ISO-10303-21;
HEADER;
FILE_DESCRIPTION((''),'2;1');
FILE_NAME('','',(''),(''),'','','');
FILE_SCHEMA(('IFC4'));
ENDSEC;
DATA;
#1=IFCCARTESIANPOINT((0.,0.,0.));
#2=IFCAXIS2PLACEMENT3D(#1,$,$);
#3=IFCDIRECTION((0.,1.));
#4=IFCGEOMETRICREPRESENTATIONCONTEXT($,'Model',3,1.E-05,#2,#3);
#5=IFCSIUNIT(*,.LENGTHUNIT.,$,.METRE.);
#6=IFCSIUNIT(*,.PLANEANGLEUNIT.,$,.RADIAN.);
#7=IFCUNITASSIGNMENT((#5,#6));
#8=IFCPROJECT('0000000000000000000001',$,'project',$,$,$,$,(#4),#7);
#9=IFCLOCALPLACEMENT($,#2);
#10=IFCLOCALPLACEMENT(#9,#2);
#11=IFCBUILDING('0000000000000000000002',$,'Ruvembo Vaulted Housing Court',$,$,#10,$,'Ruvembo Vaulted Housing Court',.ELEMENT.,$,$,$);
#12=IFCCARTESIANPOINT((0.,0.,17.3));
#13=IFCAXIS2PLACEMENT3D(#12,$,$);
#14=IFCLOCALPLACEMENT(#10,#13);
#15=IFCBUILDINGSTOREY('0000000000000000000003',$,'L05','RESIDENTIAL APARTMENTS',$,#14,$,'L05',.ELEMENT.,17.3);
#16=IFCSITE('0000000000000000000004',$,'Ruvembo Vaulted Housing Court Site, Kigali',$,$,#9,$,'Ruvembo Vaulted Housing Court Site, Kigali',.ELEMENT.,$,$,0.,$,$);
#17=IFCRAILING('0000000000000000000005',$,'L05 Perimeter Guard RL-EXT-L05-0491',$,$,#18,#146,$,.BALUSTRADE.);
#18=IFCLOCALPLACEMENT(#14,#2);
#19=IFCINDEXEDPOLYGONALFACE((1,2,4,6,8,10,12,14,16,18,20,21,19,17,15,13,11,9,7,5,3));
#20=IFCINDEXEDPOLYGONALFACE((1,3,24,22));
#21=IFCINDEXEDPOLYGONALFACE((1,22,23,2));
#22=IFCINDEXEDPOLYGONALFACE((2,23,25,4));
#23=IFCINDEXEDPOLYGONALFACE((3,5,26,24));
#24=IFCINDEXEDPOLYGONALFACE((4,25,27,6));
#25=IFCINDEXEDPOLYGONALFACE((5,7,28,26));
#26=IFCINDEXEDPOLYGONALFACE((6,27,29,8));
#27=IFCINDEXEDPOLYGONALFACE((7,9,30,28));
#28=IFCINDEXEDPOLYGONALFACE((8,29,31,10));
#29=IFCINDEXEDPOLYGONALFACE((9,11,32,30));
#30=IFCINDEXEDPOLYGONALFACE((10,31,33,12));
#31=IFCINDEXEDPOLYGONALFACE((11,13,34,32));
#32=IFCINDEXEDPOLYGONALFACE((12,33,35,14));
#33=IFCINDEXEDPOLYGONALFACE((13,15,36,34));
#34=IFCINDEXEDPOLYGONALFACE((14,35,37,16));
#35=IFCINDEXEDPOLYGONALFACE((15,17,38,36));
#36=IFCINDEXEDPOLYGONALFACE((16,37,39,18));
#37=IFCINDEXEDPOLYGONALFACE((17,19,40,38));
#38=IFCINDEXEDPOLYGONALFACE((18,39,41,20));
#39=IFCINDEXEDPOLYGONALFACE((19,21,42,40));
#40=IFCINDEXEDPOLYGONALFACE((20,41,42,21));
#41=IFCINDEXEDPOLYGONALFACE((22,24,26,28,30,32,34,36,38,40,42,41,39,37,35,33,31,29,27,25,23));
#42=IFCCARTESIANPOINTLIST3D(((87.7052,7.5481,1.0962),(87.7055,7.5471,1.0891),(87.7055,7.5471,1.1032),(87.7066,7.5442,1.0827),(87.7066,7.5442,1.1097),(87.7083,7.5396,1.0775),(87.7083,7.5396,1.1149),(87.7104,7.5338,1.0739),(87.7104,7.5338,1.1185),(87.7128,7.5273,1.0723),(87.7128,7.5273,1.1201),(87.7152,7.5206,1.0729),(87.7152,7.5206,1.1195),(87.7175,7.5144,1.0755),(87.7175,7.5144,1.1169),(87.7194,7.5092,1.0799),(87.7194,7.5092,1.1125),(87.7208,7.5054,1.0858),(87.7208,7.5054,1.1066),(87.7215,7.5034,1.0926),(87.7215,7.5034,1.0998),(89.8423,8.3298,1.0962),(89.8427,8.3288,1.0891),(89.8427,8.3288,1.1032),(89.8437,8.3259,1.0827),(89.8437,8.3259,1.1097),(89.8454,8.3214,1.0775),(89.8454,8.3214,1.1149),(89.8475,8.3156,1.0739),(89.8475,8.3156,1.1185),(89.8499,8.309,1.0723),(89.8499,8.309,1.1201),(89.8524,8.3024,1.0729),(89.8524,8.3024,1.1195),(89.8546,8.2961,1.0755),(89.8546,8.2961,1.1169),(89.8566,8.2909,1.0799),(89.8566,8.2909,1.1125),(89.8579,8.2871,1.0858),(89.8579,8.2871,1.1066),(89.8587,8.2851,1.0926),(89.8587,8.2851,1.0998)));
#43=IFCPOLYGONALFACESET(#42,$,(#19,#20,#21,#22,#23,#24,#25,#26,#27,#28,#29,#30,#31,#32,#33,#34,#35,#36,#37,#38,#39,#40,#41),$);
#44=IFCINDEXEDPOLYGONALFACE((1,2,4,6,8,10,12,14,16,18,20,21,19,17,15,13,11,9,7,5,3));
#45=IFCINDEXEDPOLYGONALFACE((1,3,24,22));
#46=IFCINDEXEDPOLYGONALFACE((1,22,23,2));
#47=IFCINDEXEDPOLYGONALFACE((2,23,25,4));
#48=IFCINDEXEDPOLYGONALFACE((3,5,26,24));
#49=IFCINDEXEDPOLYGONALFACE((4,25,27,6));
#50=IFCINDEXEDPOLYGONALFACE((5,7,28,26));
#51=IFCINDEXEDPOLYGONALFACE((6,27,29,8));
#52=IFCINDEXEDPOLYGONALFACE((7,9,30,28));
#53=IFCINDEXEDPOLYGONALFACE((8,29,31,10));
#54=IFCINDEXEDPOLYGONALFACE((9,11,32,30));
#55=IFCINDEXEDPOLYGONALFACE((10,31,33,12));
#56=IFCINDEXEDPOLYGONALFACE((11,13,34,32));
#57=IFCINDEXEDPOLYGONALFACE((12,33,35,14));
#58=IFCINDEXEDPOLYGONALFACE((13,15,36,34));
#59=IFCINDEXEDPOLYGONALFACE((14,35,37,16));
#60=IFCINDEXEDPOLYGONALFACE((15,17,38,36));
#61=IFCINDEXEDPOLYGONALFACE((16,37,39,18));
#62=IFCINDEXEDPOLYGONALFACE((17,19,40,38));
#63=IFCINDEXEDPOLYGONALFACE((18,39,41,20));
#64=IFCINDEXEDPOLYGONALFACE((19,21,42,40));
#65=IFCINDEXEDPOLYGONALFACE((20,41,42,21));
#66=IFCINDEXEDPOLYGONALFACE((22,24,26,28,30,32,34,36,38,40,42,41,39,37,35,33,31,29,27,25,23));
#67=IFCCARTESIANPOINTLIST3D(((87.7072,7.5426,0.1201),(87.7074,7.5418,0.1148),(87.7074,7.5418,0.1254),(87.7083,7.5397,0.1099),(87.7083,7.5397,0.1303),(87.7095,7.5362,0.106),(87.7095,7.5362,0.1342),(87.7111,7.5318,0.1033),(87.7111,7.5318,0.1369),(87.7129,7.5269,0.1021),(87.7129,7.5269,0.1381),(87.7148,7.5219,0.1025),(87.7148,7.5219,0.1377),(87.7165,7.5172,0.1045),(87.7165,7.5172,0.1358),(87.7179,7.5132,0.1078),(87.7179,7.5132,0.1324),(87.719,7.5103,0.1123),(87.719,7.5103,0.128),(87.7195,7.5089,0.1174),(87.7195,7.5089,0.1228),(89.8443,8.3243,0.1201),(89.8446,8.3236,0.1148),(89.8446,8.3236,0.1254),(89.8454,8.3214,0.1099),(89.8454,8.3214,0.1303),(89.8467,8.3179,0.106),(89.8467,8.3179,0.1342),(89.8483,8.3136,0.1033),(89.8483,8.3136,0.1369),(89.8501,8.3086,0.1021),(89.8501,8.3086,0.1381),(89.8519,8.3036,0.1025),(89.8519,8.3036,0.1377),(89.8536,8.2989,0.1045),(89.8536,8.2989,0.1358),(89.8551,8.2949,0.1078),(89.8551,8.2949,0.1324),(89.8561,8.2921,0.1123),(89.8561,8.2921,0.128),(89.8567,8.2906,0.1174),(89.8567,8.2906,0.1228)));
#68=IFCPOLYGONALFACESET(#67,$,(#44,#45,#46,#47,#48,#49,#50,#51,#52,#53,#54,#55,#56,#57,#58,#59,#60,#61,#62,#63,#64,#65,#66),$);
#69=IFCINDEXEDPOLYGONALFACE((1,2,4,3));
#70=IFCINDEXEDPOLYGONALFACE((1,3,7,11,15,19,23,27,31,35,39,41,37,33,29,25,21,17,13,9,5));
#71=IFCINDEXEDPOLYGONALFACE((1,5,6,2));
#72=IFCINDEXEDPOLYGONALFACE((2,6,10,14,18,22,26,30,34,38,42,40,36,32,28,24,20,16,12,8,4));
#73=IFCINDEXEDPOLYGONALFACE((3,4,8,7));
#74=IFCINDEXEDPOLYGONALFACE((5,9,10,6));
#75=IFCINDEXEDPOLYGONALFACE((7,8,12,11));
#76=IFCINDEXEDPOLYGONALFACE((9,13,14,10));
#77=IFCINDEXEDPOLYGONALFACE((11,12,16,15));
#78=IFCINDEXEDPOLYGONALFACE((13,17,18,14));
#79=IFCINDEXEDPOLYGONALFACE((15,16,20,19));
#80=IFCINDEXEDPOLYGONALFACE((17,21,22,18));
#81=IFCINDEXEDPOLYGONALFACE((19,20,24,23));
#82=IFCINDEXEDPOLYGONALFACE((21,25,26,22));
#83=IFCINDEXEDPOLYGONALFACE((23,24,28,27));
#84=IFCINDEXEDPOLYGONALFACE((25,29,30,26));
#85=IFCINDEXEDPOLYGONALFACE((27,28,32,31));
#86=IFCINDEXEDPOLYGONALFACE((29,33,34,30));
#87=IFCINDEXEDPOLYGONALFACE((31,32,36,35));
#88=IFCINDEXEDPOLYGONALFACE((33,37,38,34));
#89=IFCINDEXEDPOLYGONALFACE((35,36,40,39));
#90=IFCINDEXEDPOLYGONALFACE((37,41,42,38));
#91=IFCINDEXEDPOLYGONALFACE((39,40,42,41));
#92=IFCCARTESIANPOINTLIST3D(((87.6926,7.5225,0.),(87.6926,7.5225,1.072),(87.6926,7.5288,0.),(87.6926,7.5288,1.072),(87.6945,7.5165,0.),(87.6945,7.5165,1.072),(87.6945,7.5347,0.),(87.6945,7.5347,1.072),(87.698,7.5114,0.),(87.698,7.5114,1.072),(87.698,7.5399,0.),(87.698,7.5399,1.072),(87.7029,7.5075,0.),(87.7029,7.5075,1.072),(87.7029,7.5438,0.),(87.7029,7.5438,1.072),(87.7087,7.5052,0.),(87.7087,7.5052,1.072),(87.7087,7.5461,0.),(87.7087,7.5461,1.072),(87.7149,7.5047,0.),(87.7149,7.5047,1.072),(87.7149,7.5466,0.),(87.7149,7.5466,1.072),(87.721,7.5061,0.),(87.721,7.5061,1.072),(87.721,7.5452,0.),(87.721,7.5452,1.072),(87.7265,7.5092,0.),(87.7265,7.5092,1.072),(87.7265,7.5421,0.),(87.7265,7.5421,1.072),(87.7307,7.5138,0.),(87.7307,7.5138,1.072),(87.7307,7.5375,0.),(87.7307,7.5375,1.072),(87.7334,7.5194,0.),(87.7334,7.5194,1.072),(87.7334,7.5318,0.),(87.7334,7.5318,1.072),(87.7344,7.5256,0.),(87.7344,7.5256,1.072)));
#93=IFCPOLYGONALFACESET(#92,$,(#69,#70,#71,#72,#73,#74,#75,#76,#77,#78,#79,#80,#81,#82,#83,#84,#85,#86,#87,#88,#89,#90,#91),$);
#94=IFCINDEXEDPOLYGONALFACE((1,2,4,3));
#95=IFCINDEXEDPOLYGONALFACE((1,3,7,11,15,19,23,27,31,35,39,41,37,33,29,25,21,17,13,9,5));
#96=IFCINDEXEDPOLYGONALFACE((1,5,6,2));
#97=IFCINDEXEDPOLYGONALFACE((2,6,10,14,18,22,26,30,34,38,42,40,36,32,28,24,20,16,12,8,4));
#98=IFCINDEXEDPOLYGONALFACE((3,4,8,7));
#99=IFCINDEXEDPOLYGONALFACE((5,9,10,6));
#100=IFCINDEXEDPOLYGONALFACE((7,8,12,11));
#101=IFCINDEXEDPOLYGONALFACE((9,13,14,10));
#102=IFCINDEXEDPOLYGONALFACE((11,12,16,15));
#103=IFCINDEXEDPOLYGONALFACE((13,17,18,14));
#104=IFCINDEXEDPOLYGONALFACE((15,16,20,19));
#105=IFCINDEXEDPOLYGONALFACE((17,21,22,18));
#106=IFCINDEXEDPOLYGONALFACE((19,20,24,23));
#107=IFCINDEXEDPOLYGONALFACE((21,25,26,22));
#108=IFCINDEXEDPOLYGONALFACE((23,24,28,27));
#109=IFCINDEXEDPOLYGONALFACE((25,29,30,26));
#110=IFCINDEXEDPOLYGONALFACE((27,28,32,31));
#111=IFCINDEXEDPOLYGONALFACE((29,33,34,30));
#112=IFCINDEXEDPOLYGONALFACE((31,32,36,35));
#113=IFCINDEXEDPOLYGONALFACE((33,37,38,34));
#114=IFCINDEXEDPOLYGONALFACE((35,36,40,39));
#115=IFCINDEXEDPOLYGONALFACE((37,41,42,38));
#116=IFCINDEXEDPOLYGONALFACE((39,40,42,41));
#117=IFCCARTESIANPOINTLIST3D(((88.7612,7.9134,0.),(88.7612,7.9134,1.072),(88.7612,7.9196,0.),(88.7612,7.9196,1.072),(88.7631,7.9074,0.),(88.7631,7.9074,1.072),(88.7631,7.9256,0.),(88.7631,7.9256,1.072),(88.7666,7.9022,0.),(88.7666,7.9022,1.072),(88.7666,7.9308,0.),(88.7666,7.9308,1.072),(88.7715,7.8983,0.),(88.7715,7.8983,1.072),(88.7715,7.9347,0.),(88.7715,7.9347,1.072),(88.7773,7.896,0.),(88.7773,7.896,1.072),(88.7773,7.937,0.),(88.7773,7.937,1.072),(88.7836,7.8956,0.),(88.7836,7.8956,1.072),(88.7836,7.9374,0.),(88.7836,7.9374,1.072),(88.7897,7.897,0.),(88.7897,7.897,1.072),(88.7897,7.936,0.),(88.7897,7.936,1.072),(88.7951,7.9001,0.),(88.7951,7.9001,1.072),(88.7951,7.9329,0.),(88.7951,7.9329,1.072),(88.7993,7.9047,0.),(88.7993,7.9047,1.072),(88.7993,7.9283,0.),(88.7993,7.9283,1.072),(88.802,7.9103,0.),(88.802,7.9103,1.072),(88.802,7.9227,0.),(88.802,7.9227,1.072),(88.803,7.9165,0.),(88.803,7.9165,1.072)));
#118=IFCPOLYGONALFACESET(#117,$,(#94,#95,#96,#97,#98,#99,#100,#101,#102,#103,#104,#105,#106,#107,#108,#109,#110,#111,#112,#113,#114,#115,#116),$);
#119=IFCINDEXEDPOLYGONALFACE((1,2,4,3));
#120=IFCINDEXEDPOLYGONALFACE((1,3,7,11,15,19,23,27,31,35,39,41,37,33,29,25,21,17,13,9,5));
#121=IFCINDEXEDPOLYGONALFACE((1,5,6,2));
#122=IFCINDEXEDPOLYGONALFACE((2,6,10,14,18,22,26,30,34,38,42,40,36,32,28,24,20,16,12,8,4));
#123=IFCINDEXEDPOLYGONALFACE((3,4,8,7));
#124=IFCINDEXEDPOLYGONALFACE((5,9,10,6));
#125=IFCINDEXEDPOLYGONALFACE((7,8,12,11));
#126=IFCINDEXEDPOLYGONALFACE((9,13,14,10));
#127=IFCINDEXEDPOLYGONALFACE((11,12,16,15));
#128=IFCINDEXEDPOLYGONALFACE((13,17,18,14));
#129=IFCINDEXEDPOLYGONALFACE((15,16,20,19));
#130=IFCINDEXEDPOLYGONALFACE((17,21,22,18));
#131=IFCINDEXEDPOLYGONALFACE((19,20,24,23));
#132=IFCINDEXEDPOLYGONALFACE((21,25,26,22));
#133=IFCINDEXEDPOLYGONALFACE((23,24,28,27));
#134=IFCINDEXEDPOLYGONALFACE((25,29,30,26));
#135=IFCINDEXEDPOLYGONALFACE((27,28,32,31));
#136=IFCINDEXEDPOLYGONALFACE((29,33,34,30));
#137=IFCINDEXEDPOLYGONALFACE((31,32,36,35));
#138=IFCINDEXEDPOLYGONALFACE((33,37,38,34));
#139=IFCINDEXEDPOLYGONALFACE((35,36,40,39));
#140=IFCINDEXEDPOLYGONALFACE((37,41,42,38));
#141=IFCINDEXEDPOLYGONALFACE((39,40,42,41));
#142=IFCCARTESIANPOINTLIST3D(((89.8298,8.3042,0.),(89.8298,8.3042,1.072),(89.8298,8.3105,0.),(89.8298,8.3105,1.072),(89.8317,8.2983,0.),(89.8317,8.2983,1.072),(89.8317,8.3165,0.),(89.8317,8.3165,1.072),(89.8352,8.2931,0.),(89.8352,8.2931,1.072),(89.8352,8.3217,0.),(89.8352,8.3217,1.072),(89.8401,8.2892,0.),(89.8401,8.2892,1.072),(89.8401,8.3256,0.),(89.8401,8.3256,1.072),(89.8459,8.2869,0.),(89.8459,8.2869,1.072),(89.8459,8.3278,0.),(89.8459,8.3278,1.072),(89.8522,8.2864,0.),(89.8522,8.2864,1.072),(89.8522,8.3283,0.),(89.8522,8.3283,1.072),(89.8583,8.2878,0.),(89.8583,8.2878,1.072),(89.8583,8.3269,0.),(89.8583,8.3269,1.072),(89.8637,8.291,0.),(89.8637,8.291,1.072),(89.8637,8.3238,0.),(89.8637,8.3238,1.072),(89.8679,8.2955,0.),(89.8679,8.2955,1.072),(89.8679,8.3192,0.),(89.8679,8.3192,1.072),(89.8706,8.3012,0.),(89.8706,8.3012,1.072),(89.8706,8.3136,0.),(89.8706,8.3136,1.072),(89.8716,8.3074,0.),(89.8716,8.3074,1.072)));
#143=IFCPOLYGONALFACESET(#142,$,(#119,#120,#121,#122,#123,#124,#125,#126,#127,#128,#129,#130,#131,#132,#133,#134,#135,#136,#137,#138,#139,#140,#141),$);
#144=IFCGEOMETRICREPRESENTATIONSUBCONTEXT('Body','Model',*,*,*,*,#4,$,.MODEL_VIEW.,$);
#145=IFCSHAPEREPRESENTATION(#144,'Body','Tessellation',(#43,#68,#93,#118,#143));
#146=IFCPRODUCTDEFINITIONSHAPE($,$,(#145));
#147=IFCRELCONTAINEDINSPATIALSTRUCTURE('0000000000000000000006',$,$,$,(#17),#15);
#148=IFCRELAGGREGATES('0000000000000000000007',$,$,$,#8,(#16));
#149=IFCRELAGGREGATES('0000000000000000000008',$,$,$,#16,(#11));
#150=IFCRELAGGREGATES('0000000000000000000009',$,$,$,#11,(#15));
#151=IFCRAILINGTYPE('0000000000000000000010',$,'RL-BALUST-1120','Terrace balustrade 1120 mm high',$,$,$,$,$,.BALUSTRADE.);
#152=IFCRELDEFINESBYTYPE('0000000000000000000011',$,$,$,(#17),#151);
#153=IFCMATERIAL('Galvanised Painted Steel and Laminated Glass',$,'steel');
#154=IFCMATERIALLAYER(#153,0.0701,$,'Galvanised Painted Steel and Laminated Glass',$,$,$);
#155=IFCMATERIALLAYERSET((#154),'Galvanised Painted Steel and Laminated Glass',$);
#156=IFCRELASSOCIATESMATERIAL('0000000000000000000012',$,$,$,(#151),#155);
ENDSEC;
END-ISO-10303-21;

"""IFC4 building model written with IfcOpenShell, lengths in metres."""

from ifc_helpers import new_model, si_unit, direction, frame, origin, origin_2d, place, context, subcontext, project, spatial, circle, extrude, material, layer, layer_set, type_object, element, save


model = new_model("IFC4")

# Units and contexts
model_context = context("Model", 3, precision=1e-05, world=origin(), true_north=direction((0.0, 1.0)))
body_context = subcontext(model_context, "Body", "Model", "MODEL_VIEW")
ifc_project = project(units=[si_unit("LENGTHUNIT", "METRE"), si_unit("PLANEANGLEUNIT", "RADIAN")], contexts=[model_context])

# Site, building, storey
site_placement = place(None, origin())
site = spatial("IfcSite", under=ifc_project, at=site_placement, Name="Ruvembo Vaulted Housing Court Site, Kigali", LongName="Ruvembo Vaulted Housing Court Site, Kigali", CompositionType="ELEMENT", RefElevation=0.0)
building_placement = place(site_placement, origin())
building = spatial("IfcBuilding", under=site, at=building_placement, Name="Ruvembo Vaulted Housing Court", LongName="Ruvembo Vaulted Housing Court", CompositionType="ELEMENT")
storey_placement = place(building_placement, frame((0.0, 0.0, 17.3)))
storey = spatial("IfcBuildingStorey", under=building, at=storey_placement, Name="L05", Description="RESIDENTIAL APARTMENTS", LongName="L05", CompositionType="ELEMENT", Elevation=17.3)

# Railing
ifc_material_1 = material(Name="Galvanised Painted Steel and Laminated Glass", Category="steel")
ifc_layer_1 = layer(ifc_material_1, 0.0701, Name="Galvanised Painted Steel and Laminated Glass")
ifc_layer_set_1 = layer_set([ifc_layer_1], Name="Galvanised Painted Steel and Laminated Glass")
railing_type = type_object("IfcRailingType", Name="RL-BALUST-1120", Description="Terrace balustrade 1120 mm high", PredefinedType="BALUSTRADE", material=ifc_layer_set_1)
railing_1_placement = place(storey_placement, frame((87.7134, 7.5256, 0.0)))
element("IfcRailing", 1, at=railing_1_placement, inside=storey, type_object=railing_type, Name="L05 Perimeter Guard RL-EXT-L05-0491", PredefinedType="BALUSTRADE", context=body_context, shape_type="SweptSolid", body=[
    extrude(circle(Radius=0.0239, at=origin_2d()), frame((0.0, 0.0, 1.0962), z_axis=(0.939146, 0.343517, 0.0), x_axis=(-0.343517, 0.939146, 0.0)), (0.0, 0.0, 1.0), 2.2756),
    extrude(circle(Radius=0.0181, at=origin_2d()), frame((0.0, 0.0, 0.1201), z_axis=(0.939146, 0.343517, 0.0), x_axis=(-0.343517, 0.939146, 0.0)), (0.0, 0.0, 1.0), 2.2756),
    extrude(circle(Radius=0.021, at=origin_2d()), origin(), (0.0, 0.0, 1.0), 1.072),
    extrude(circle(Radius=0.021, at=origin_2d()), frame((1.0686, 0.3909, 0.0)), (0.0, 0.0, 1.0), 1.072),
    extrude(circle(Radius=0.021, at=origin_2d()), frame((2.1372, 0.7817, 0.0)), (0.0, 0.0, 1.0), 1.072),
])

save(model, "model.ifc")
